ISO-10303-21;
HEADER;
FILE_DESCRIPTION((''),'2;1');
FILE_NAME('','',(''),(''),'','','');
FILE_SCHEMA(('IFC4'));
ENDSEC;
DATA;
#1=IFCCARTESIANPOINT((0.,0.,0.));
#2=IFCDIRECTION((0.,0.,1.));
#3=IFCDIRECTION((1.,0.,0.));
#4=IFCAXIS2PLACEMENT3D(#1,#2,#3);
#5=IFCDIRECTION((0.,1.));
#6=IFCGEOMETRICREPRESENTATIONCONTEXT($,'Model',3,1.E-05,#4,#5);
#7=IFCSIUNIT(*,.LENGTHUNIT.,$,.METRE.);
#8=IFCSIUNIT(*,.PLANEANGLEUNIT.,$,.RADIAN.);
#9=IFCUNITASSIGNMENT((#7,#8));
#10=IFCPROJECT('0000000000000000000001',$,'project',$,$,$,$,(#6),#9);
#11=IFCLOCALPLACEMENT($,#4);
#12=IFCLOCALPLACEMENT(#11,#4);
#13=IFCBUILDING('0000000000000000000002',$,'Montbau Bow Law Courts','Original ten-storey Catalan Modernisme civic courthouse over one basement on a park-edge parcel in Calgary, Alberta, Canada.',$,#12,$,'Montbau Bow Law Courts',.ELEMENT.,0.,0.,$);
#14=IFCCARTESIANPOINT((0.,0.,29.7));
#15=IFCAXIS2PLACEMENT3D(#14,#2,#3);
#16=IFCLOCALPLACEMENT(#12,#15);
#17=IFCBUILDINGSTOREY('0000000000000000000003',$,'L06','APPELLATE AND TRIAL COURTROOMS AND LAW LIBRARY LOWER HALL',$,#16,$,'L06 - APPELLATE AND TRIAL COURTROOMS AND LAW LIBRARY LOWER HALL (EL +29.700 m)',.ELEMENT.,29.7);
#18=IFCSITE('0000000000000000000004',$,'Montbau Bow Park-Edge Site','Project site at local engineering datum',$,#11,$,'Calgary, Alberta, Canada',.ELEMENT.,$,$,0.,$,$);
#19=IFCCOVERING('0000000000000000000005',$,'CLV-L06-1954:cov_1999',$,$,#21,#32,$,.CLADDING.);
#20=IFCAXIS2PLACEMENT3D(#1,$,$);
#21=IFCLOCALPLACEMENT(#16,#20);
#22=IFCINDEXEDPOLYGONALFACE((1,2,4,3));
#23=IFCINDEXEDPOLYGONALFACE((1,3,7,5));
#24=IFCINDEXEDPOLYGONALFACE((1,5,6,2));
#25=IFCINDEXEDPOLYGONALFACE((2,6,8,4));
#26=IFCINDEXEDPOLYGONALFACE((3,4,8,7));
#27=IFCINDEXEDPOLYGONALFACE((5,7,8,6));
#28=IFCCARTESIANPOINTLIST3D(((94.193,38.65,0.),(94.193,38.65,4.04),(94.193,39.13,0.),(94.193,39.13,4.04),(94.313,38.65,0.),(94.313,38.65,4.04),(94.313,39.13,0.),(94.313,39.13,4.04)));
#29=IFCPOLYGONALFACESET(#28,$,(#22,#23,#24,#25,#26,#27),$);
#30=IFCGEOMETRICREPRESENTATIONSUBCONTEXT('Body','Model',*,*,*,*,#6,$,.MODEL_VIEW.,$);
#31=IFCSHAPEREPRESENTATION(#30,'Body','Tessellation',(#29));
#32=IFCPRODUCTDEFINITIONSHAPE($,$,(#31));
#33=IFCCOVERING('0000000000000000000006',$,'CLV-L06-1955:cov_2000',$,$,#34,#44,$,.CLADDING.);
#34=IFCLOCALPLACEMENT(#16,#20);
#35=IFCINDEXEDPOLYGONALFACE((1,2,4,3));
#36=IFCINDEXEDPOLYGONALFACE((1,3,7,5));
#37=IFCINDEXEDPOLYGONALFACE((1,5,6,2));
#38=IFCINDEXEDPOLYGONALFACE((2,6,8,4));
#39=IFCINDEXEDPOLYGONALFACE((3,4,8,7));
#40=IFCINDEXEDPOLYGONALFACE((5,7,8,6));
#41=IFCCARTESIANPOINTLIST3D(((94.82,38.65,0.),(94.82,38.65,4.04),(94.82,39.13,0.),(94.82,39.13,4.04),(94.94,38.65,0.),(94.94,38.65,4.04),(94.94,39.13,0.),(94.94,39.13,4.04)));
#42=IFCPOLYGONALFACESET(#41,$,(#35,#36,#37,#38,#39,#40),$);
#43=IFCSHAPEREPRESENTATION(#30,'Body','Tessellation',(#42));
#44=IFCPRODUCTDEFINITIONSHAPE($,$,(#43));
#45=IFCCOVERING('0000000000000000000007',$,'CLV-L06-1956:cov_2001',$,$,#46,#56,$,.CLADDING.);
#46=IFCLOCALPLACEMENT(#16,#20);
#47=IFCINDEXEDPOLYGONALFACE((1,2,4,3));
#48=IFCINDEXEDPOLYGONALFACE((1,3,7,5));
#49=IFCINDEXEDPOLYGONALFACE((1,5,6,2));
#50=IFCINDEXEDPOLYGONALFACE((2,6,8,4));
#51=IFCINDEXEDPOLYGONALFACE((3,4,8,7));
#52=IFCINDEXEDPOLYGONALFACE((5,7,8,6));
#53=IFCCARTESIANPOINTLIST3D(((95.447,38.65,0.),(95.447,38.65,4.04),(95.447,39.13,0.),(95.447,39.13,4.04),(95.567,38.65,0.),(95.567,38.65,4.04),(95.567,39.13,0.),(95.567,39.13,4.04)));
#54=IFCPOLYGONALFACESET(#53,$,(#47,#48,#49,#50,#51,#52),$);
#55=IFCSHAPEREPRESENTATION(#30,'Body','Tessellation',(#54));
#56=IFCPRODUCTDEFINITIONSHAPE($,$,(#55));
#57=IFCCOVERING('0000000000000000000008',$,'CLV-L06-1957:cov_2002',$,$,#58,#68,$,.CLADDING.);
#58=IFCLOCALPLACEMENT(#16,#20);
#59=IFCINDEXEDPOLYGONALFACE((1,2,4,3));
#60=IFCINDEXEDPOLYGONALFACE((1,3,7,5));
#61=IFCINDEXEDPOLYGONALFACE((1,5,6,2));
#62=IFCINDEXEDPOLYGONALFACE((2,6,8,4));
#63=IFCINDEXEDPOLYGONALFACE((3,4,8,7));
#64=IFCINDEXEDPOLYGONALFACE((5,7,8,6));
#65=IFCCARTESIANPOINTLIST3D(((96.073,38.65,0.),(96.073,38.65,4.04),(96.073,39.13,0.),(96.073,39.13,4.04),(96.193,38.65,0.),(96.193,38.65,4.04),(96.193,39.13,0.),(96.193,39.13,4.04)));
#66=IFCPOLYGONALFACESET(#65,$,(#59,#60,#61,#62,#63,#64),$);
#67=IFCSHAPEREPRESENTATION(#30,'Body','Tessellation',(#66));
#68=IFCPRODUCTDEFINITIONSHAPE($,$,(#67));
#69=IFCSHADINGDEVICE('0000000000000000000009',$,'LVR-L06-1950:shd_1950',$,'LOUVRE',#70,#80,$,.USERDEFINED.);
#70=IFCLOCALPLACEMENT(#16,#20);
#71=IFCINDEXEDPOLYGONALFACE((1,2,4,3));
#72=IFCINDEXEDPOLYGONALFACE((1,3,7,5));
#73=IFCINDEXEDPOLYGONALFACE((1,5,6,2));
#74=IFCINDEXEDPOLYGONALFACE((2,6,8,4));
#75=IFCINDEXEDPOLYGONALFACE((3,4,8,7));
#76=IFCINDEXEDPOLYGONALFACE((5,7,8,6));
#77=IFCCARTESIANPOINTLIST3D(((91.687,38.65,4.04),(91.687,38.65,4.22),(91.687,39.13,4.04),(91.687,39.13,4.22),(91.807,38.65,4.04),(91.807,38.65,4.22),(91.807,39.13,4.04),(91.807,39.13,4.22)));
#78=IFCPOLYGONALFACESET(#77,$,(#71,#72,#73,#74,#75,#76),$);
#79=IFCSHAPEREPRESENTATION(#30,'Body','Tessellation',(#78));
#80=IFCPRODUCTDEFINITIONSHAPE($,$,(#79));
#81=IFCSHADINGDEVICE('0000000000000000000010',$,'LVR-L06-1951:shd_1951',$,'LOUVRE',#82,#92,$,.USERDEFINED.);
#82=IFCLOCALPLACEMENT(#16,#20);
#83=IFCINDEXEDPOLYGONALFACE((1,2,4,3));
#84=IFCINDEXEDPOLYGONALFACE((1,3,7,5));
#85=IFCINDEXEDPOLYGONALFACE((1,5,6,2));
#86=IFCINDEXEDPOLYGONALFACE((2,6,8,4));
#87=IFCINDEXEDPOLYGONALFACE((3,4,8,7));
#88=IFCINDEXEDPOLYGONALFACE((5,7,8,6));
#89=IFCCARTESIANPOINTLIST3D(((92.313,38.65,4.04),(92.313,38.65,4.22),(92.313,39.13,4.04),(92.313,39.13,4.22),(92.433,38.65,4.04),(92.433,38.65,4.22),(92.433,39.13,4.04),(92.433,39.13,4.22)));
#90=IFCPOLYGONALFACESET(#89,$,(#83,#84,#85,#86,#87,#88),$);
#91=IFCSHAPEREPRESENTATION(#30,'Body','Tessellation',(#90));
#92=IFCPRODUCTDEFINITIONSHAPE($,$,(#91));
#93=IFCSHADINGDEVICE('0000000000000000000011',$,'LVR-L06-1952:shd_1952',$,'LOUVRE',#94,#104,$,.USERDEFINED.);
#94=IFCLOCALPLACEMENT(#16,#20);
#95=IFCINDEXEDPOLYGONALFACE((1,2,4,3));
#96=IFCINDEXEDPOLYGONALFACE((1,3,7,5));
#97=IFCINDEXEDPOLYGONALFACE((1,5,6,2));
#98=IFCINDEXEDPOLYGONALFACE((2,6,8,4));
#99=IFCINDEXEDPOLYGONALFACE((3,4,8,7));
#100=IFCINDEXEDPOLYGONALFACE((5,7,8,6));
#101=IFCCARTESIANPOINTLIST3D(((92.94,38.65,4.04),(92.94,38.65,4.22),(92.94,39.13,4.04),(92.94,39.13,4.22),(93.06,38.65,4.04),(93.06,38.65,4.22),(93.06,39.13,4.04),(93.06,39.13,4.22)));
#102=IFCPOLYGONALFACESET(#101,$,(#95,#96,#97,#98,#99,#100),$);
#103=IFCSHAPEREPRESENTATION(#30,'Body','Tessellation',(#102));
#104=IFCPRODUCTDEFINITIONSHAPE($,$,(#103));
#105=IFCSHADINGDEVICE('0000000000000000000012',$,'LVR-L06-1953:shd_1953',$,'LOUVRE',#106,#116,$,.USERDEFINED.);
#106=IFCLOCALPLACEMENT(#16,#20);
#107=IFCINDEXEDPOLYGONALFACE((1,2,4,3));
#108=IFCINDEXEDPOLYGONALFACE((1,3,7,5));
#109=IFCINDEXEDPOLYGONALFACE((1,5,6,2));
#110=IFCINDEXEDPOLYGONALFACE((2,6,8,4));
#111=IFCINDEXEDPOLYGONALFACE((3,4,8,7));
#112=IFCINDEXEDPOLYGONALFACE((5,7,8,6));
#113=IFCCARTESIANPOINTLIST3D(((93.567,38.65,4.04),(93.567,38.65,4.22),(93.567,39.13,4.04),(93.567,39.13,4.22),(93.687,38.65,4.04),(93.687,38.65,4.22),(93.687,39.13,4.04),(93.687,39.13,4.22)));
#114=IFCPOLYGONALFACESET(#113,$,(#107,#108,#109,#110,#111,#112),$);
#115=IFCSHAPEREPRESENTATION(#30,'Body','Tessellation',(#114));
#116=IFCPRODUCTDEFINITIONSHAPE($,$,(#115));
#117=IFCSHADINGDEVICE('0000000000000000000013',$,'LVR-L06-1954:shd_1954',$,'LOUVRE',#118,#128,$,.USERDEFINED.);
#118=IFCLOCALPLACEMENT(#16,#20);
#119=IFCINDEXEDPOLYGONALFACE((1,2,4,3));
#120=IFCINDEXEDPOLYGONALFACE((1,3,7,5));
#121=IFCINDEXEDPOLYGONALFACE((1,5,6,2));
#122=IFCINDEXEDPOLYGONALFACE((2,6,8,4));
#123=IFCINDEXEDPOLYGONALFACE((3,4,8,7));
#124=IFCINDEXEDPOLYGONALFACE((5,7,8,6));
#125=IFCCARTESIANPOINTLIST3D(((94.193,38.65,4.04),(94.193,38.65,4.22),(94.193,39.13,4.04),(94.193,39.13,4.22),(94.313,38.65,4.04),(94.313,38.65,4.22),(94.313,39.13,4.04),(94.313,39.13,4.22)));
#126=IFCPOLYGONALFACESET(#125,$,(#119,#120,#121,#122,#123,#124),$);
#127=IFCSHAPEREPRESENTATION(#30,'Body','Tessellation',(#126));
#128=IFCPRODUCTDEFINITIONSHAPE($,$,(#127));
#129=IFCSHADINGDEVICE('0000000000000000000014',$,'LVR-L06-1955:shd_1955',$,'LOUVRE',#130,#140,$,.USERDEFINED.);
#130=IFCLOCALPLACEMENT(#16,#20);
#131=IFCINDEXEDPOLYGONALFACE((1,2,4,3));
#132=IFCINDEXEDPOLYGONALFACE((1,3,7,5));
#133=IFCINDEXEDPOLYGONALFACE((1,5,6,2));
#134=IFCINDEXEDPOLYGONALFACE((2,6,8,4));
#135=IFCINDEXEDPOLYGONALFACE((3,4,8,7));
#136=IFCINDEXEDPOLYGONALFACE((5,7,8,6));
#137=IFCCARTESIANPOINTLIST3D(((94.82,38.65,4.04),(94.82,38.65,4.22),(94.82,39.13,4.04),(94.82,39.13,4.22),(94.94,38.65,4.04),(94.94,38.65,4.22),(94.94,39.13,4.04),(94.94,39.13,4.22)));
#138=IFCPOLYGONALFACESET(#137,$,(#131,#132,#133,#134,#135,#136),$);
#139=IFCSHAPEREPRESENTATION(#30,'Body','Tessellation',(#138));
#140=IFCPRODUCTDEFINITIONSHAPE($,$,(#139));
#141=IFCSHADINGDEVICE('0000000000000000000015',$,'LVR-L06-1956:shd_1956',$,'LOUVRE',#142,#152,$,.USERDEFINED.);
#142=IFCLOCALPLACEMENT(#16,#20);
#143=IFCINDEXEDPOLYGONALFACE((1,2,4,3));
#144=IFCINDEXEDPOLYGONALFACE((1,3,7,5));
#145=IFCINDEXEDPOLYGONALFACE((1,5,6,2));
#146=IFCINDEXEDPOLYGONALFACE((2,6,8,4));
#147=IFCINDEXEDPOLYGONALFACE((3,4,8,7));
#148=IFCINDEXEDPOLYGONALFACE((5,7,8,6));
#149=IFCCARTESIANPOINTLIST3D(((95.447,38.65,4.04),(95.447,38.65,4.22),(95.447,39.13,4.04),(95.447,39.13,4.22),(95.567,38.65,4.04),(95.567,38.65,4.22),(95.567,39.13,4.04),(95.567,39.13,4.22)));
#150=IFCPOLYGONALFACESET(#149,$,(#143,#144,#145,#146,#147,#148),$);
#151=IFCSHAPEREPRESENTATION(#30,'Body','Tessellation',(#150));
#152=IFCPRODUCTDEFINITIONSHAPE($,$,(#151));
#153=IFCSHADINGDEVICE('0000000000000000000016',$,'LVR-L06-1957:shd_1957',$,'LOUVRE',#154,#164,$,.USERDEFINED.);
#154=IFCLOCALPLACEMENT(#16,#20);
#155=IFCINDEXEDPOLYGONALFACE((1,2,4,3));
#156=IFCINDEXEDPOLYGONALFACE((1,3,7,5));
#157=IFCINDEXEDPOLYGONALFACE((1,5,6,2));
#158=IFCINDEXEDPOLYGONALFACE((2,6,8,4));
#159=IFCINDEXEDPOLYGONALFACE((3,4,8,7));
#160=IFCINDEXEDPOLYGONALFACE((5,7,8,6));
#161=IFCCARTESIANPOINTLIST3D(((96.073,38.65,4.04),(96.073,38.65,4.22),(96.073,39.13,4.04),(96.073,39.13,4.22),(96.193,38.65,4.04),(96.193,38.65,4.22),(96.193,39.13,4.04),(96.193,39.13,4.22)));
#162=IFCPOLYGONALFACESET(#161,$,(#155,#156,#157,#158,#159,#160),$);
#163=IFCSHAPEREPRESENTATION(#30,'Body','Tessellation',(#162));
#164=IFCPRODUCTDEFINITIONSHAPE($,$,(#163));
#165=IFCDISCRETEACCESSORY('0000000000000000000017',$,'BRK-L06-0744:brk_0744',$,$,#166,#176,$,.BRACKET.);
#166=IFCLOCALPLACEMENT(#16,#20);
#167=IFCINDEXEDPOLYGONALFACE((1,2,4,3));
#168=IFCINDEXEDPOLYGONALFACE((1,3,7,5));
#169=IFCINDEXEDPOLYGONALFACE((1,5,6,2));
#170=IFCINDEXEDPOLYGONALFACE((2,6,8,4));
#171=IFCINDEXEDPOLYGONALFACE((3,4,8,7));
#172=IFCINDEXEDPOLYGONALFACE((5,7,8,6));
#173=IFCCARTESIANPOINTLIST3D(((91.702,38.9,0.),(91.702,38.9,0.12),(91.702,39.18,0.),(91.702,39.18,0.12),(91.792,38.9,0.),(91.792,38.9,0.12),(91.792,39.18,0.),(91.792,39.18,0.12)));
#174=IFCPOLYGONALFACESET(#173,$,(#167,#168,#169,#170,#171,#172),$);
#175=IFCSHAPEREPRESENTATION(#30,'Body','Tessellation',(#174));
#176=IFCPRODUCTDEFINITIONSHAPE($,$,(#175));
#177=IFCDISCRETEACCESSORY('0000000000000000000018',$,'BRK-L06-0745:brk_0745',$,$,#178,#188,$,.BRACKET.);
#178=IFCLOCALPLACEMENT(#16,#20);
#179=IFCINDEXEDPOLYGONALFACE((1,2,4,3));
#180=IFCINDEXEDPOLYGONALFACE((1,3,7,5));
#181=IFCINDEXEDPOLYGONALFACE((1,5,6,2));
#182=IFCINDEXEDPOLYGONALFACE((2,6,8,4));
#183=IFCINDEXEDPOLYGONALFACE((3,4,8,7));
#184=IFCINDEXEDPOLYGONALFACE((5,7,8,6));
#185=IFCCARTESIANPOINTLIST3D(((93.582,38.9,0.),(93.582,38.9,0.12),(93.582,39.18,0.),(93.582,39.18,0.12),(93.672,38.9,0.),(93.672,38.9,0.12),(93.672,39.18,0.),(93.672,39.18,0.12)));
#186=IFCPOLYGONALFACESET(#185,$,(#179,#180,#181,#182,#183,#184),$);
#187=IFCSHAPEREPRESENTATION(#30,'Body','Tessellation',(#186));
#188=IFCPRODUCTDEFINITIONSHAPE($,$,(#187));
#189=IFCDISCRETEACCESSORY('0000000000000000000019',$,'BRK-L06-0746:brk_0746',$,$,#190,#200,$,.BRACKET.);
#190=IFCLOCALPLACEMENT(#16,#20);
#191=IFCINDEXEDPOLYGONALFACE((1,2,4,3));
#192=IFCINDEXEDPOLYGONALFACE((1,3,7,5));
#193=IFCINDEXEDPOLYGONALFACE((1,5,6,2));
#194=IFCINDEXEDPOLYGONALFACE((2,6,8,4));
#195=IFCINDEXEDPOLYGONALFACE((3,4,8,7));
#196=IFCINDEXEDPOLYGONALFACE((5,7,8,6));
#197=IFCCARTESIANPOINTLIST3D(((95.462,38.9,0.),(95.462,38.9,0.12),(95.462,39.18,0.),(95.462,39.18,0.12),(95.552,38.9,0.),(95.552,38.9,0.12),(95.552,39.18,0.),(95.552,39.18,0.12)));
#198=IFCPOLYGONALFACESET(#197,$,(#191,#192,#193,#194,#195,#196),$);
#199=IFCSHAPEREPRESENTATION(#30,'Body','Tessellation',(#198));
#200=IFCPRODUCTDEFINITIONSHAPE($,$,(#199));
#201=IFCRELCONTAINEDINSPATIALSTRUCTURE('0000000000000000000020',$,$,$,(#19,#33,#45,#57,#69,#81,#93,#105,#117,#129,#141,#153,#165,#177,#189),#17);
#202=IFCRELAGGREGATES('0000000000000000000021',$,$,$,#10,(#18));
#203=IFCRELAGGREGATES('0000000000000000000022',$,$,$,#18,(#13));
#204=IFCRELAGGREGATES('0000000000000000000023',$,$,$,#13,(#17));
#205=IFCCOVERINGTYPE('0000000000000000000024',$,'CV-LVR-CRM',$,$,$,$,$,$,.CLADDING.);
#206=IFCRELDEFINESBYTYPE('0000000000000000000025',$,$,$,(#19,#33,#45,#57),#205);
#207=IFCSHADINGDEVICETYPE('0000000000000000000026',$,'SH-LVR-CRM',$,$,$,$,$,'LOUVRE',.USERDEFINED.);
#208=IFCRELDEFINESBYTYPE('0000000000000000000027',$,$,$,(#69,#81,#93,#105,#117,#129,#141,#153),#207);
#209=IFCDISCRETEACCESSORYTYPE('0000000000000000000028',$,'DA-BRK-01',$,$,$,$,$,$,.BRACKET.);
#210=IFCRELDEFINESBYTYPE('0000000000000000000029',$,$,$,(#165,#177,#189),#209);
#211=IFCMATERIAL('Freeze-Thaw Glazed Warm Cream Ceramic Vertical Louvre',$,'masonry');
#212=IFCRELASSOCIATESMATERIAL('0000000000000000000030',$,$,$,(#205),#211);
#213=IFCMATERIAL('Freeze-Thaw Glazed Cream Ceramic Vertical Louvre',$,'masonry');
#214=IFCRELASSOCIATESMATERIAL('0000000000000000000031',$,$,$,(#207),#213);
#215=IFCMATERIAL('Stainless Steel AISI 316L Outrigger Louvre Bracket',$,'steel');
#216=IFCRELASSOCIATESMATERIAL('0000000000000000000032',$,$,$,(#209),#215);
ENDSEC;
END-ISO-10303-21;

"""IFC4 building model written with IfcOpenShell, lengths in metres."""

from ifc_helpers import new_model, si_unit, direction, frame, frame_2d, origin_with_axes, origin_2d_with_axis, place, context, subcontext, project, spatial, rectangle, extrude, material, type_object, element, save


model = new_model("IFC4")

# Units and contexts
model_context = context("Model", 3, precision=1e-05, world=origin_with_axes(), true_north=direction((0.0, 1.0)))
body_context = subcontext(model_context, "Body", "Model", "MODEL_VIEW")
ifc_project = project(units=[si_unit("LENGTHUNIT", "METRE"), si_unit("PLANEANGLEUNIT", "RADIAN")], contexts=[model_context])

# Site, building, storey
site_placement = place(None, origin_with_axes())
site = spatial("IfcSite", under=ifc_project, at=site_placement, Name="Montbau Bow Park-Edge Site", Description="Project site at local engineering datum", LongName="Calgary, Alberta, Canada", CompositionType="ELEMENT", RefElevation=0.0)
building_placement = place(site_placement, origin_with_axes())
building = spatial("IfcBuilding", under=site, at=building_placement, Name="Montbau Bow Law Courts", Description="Original ten-storey Catalan Modernisme civic courthouse over one basement on a park-edge parcel in Calgary, Alberta, Canada.", LongName="Montbau Bow Law Courts", CompositionType="ELEMENT", ElevationOfRefHeight=0.0, ElevationOfTerrain=0.0)
storey_placement = place(building_placement, frame((0.0, 0.0, 29.7), z_axis=(0.0, 0.0, 1.0), x_axis=(1.0, 0.0, 0.0)))
storey = spatial("IfcBuildingStorey", under=building, at=storey_placement, Name="L06", Description="APPELLATE AND TRIAL COURTROOMS AND LAW LIBRARY LOWER HALL", LongName="L06 - APPELLATE AND TRIAL COURTROOMS AND LAW LIBRARY LOWER HALL (EL +29.700 m)", CompositionType="ELEMENT", Elevation=29.7)

# Coverings
ifc_material_1 = material(Name="Freeze-Thaw Glazed Warm Cream Ceramic Vertical Louvre", Category="masonry")
covering_type = type_object("IfcCoveringType", Name="CV-LVR-CRM", PredefinedType="CLADDING", material=ifc_material_1)
for number, where, z_axis, x_axis, name in (
    (1, (94.253, 39.13, 29.7), (-1.0, 0.0, 0.0), (0.0, -1.0, 0.0), "CLV-L06-1954:cov_1999"),
    (2, (94.88, 39.13, 29.7), (-1.0, 0.0, 0.0), (0.0, -1.0, 0.0), "CLV-L06-1955:cov_2000"),
    (3, (95.507, 39.13, 29.7), (-1.0, 0.0, 0.0), (0.0, -1.0, 0.0), "CLV-L06-1956:cov_2001"),
    (4, (96.133, 39.13, 29.7), (-1.0, 0.0, 0.0), (0.0, -1.0, 0.0), "CLV-L06-1957:cov_2002"),
):
    element("IfcCovering", number, at=place(None, frame(where, z_axis=z_axis, x_axis=x_axis)), inside=storey, type_object=covering_type, Name=name, PredefinedType="CLADDING", context=body_context, shape_type="SweptSolid", body=[
        extrude(rectangle(XDim=0.48, YDim=4.04, at=frame_2d((0.24, 2.02), x_axis=(1.0, 0.0))), frame((0.0, 0.0, -0.06), z_axis=(0.0, 0.0, 1.0), x_axis=(1.0, 0.0, 0.0)), (0.0, 0.0, 1.0), 0.12),
    ])

# Shading devices
ifc_material_2 = material(Name="Freeze-Thaw Glazed Cream Ceramic Vertical Louvre", Category="masonry")
shading_device_type = type_object("IfcShadingDeviceType", Name="SH-LVR-CRM", ElementType="LOUVRE", PredefinedType="USERDEFINED", material=ifc_material_2)
for number, where, z_axis, x_axis, name in (
    (5, (91.747, 38.89, 33.74), (0.0, 0.0, 1.0), (0.0, -1.0, 0.0), "LVR-L06-1950:shd_1950"),
    (6, (92.373, 38.89, 33.74), (0.0, 0.0, 1.0), (0.0, -1.0, 0.0), "LVR-L06-1951:shd_1951"),
    (7, (93.0, 38.89, 33.74), (0.0, 0.0, 1.0), (0.0, -1.0, 0.0), "LVR-L06-1952:shd_1952"),
    (8, (93.627, 38.89, 33.74), (0.0, 0.0, 1.0), (0.0, -1.0, 0.0), "LVR-L06-1953:shd_1953"),
    (9, (94.253, 38.89, 33.74), (0.0, 0.0, 1.0), (0.0, -1.0, 0.0), "LVR-L06-1954:shd_1954"),
    (10, (94.88, 38.89, 33.74), (0.0, 0.0, 1.0), (0.0, -1.0, 0.0), "LVR-L06-1955:shd_1955"),
    (11, (95.507, 38.89, 33.74), (0.0, 0.0, 1.0), (0.0, -1.0, 0.0), "LVR-L06-1956:shd_1956"),
    (12, (96.133, 38.89, 33.74), (0.0, 0.0, 1.0), (0.0, -1.0, 0.0), "LVR-L06-1957:shd_1957"),
):
    element("IfcShadingDevice", number, at=place(None, frame(where, z_axis=z_axis, x_axis=x_axis)), inside=storey, type_object=shading_device_type, Name=name, ObjectType="LOUVRE", PredefinedType="USERDEFINED", context=body_context, shape_type="SweptSolid", body=[
        extrude(rectangle(XDim=0.48, YDim=0.12, at=origin_2d_with_axis()), origin_with_axes(), (0.0, 0.0, 1.0), 0.18),
    ])

# Discrete accessories
ifc_material_3 = material(Name="Stainless Steel AISI 316L Outrigger Louvre Bracket", Category="steel")
discrete_accessory_type = type_object("IfcDiscreteAccessoryType", Name="DA-BRK-01", PredefinedType="BRACKET", material=ifc_material_3)
for number, where, z_axis, x_axis, name in (
    (13, (91.747, 39.04, 29.7), (0.0, 0.0, 1.0), (0.0, -1.0, 0.0), "BRK-L06-0744:brk_0744"),
    (14, (93.627, 39.04, 29.7), (0.0, 0.0, 1.0), (0.0, -1.0, 0.0), "BRK-L06-0745:brk_0745"),
    (15, (95.507, 39.04, 29.7), (0.0, 0.0, 1.0), (0.0, -1.0, 0.0), "BRK-L06-0746:brk_0746"),
):
    element("IfcDiscreteAccessory", number, at=place(None, frame(where, z_axis=z_axis, x_axis=x_axis)), inside=storey, type_object=discrete_accessory_type, Name=name, PredefinedType="BRACKET", context=body_context, shape_type="SweptSolid", body=[
        extrude(rectangle(XDim=0.28, YDim=0.09, at=origin_2d_with_axis()), origin_with_axes(), (0.0, 0.0, 1.0), 0.12),
    ])

save(model, "model.ifc")
